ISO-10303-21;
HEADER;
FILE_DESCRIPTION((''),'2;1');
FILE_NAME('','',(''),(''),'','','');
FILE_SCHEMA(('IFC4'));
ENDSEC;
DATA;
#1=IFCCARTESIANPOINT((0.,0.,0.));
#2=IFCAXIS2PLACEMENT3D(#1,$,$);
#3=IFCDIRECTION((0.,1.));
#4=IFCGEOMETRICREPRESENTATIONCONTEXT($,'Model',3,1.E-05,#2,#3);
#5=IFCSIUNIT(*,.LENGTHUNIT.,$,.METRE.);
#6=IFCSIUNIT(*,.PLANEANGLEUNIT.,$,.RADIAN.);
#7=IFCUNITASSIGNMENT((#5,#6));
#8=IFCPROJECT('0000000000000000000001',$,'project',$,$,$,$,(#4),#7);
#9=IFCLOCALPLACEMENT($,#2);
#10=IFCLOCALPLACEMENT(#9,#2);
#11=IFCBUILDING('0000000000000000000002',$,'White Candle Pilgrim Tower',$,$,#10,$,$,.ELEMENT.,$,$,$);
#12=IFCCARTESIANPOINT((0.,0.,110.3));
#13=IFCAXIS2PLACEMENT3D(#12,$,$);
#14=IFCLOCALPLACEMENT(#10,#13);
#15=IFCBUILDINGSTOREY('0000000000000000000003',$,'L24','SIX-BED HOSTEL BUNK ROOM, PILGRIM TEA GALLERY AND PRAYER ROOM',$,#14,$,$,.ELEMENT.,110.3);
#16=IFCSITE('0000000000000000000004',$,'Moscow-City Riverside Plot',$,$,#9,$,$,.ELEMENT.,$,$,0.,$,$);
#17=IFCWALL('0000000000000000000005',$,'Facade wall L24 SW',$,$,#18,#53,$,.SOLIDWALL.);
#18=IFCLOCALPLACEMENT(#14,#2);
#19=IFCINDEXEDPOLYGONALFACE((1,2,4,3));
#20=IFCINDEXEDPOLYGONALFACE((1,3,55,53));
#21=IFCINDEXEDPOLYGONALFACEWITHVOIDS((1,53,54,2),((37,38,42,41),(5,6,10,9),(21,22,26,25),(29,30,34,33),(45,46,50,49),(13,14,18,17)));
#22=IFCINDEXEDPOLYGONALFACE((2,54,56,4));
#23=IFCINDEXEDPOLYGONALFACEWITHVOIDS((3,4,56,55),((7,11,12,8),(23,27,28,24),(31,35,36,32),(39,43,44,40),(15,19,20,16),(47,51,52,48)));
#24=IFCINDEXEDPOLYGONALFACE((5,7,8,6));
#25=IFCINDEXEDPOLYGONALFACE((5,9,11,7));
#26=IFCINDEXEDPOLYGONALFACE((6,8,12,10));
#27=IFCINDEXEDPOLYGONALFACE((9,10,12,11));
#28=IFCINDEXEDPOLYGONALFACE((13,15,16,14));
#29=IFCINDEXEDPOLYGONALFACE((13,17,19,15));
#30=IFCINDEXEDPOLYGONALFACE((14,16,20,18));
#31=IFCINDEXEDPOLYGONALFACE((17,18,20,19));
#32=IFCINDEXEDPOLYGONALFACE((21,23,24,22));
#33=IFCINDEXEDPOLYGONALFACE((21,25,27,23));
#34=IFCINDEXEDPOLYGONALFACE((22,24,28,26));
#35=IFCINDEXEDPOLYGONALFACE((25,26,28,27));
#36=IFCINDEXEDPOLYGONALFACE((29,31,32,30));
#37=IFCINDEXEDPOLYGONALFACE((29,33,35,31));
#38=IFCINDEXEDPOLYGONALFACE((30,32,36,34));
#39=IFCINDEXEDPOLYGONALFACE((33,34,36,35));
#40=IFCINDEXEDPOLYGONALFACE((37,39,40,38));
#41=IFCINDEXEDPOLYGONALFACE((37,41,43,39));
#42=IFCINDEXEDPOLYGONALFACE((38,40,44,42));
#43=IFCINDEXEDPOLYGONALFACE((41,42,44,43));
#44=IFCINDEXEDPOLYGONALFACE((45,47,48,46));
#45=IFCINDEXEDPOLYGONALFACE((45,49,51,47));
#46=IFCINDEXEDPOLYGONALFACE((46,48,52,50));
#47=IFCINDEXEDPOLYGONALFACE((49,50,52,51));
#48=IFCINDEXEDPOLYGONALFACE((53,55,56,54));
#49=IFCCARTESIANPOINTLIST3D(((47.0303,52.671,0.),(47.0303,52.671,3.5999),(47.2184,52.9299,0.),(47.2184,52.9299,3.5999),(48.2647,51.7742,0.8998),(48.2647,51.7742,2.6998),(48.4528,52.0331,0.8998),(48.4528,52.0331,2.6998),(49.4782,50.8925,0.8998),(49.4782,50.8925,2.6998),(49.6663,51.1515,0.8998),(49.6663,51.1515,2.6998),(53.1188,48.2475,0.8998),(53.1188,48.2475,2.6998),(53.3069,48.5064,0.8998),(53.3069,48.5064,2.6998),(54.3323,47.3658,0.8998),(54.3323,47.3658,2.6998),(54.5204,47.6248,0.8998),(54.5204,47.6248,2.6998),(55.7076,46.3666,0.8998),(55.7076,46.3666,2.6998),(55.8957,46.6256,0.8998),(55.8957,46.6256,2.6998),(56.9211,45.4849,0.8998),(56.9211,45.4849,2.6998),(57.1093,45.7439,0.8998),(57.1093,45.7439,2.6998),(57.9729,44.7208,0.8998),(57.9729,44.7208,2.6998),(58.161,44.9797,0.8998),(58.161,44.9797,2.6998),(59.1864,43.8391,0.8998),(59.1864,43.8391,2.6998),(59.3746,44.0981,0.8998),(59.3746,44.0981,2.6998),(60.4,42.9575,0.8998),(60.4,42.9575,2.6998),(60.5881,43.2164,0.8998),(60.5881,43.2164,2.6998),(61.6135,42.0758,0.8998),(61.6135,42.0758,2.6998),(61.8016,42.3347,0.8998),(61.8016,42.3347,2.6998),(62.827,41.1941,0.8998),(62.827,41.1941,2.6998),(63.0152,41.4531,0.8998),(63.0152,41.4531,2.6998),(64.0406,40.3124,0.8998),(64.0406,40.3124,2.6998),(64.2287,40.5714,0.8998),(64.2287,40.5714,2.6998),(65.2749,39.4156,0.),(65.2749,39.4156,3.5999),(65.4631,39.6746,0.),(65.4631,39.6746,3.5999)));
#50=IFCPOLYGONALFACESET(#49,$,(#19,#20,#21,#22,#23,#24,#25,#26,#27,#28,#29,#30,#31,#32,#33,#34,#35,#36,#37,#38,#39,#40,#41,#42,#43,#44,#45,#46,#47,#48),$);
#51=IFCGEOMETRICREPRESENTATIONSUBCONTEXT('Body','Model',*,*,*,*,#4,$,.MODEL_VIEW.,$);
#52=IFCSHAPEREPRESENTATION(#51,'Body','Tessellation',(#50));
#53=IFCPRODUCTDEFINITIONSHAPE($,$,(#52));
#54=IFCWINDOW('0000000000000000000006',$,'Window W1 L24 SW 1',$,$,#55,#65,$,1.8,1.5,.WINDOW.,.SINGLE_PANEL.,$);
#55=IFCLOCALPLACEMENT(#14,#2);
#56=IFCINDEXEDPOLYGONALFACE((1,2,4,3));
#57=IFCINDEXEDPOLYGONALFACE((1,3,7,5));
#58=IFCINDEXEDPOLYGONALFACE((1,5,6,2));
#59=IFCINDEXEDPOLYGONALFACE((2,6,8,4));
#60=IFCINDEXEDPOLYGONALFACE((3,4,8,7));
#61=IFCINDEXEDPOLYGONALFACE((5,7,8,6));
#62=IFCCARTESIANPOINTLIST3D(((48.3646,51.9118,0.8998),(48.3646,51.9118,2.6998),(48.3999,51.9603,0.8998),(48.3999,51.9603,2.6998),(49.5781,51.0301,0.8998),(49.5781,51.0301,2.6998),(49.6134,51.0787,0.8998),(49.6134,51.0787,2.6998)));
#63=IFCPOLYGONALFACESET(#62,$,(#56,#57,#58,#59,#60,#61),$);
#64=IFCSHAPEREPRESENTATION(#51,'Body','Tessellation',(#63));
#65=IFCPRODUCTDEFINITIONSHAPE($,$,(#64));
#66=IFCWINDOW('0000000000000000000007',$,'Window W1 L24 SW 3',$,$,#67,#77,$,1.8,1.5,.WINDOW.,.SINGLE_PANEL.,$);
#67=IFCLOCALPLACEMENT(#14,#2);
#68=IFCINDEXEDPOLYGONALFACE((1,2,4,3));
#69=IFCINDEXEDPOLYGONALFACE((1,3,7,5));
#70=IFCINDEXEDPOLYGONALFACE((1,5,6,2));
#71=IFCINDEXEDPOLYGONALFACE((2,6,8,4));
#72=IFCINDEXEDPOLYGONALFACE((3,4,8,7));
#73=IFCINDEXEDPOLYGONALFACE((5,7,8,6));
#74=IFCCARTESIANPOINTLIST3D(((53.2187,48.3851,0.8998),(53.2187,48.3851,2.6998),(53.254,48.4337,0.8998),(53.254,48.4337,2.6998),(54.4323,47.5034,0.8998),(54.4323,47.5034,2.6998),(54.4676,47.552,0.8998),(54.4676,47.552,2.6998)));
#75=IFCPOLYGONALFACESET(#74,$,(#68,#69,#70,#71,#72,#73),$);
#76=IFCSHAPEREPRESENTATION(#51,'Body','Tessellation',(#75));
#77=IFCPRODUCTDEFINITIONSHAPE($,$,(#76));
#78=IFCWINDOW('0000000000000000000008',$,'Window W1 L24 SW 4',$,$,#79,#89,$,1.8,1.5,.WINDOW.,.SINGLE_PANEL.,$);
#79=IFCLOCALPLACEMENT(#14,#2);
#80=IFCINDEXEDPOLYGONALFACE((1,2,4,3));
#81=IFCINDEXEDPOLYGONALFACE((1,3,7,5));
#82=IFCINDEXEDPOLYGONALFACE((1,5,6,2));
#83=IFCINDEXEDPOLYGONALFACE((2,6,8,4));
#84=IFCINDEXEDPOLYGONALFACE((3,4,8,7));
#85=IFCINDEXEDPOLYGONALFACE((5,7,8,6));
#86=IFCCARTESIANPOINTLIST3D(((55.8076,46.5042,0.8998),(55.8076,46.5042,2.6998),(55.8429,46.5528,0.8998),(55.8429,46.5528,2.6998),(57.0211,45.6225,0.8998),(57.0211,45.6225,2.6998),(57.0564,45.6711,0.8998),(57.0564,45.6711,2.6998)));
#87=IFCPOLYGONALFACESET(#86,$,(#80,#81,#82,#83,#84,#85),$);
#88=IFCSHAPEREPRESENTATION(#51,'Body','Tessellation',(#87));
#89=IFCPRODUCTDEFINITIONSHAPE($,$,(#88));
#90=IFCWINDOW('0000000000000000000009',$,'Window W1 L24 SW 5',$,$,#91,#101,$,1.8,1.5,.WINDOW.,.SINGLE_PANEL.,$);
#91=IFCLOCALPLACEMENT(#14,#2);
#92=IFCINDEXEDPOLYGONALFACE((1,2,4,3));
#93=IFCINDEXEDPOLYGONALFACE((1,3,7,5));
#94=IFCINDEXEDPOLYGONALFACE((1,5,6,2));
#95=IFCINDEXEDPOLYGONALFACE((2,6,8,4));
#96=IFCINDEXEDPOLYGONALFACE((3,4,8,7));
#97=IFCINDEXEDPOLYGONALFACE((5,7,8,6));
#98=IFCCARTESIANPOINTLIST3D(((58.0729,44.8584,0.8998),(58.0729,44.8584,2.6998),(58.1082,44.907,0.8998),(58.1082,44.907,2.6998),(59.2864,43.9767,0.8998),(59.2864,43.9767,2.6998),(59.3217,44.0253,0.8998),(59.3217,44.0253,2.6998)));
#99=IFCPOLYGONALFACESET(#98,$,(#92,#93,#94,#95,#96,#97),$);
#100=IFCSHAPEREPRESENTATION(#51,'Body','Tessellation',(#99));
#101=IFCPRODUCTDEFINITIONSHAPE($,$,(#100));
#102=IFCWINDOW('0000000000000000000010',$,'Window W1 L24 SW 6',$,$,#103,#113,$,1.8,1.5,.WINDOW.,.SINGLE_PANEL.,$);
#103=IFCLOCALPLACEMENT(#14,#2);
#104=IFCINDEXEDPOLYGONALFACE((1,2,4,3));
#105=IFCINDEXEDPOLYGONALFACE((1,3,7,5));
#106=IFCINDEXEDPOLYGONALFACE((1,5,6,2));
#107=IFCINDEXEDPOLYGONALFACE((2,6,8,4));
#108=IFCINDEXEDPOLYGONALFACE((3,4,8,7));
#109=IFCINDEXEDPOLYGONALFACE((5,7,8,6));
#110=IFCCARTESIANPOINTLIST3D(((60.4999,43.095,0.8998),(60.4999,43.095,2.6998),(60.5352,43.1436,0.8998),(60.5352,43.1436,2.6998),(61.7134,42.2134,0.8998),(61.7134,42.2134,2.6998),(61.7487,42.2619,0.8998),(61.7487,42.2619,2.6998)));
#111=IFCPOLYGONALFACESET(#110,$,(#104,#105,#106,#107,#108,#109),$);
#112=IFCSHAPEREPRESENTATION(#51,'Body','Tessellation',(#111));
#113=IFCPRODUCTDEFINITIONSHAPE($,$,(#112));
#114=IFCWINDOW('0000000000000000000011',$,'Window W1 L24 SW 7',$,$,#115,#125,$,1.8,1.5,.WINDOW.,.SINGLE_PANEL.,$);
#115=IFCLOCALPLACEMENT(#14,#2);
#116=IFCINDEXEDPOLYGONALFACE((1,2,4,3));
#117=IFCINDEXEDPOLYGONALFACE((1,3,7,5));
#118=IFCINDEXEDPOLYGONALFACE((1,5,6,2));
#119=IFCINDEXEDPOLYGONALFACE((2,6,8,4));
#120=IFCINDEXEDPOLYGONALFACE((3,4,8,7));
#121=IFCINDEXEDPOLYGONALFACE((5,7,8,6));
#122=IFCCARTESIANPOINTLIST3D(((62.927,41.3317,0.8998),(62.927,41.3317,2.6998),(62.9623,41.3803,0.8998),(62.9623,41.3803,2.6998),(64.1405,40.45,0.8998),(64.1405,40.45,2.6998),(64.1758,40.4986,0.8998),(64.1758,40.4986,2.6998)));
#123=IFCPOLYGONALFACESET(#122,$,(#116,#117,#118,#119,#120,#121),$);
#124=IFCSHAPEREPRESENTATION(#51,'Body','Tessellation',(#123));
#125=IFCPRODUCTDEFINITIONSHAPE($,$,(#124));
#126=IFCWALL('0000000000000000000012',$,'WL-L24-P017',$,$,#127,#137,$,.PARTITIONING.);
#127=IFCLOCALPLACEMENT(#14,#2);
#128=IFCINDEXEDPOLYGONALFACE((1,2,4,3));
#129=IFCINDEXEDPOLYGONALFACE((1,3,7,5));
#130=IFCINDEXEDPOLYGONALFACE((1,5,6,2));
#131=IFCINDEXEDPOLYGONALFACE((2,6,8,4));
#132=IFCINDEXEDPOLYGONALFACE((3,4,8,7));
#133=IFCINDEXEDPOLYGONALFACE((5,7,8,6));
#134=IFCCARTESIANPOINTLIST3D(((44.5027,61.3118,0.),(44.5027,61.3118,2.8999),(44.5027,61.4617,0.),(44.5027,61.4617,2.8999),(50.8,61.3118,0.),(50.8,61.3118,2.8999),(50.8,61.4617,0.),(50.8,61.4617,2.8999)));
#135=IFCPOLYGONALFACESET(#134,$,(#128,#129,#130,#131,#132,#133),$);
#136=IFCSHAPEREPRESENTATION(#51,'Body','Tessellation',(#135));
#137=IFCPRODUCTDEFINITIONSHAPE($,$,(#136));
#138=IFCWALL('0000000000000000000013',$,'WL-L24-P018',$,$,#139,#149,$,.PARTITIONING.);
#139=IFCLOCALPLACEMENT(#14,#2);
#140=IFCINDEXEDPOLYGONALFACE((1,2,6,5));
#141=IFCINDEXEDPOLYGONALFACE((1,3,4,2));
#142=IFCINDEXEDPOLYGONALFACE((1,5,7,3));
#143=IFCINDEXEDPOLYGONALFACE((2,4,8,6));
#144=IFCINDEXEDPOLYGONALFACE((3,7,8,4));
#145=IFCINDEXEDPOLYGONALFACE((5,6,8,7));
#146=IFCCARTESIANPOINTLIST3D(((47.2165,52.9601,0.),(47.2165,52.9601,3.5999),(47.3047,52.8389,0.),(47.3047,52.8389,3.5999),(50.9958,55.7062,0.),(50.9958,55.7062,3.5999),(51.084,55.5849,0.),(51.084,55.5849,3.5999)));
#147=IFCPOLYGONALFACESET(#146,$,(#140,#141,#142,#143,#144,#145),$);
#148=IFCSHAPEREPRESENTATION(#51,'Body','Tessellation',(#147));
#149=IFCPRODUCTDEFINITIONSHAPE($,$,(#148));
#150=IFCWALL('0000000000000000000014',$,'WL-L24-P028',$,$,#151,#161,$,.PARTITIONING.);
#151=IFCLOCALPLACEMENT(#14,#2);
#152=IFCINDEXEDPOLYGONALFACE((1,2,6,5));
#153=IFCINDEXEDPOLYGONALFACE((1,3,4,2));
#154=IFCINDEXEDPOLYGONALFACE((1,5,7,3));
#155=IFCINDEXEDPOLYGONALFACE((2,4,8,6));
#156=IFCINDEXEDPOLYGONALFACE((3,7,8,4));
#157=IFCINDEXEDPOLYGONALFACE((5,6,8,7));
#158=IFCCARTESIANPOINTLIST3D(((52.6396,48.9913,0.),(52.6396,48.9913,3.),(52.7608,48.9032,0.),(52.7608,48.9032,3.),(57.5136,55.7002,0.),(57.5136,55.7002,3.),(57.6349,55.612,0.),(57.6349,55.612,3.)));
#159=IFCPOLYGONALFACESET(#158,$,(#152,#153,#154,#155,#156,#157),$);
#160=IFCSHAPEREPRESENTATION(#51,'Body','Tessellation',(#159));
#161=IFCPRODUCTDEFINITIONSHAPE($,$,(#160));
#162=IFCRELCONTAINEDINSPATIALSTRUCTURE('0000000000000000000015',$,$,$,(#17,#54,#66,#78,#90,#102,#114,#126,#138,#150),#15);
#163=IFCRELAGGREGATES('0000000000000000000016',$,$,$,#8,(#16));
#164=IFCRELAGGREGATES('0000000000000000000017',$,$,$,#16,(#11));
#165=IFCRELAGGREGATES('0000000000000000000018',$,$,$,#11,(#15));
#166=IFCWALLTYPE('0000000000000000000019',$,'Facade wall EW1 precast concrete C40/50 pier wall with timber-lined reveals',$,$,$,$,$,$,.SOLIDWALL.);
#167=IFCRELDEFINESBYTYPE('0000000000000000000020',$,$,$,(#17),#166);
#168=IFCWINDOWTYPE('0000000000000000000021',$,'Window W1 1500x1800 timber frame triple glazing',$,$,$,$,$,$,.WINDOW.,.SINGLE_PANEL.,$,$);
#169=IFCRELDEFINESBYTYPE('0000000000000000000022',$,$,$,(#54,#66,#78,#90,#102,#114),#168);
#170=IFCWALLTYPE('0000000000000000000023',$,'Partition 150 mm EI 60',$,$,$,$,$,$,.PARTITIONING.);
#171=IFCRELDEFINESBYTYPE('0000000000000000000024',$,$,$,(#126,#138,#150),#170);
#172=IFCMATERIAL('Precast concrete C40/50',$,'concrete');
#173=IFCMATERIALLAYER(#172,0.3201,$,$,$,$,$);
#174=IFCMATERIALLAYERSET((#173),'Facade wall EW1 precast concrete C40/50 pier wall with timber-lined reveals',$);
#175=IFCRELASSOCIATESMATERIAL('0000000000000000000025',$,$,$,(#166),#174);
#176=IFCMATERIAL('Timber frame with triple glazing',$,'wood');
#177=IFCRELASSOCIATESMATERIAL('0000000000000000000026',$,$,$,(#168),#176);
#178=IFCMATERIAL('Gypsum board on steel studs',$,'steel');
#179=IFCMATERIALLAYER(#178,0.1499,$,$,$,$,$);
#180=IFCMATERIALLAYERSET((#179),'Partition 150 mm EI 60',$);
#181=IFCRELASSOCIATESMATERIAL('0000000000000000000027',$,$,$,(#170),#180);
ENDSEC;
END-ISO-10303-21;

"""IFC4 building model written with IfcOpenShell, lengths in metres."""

from ifc_helpers import new_model, si_unit, direction, frame, frame_2d, origin, place, context, subcontext, project, spatial, rectangle, extrude, material, layer, layer_set, type_object, element, fill, save


model = new_model("IFC4")

# Units and contexts
model_context = context("Model", 3, precision=1e-05, world=origin(), true_north=direction((0.0, 1.0)))
body_context = subcontext(model_context, "Body", "Model", "MODEL_VIEW")
ifc_project = project(units=[si_unit("LENGTHUNIT", "METRE"), si_unit("PLANEANGLEUNIT", "RADIAN")], contexts=[model_context])

# Site, building, storey
site_placement = place(None, origin())
site = spatial("IfcSite", under=ifc_project, at=site_placement, Name="Moscow-City Riverside Plot", CompositionType="ELEMENT", RefElevation=0.0)
building_placement = place(site_placement, origin())
building = spatial("IfcBuilding", under=site, at=building_placement, Name="White Candle Pilgrim Tower", CompositionType="ELEMENT")
storey_placement = place(building_placement, frame((0.0, 0.0, 110.3)))
storey = spatial("IfcBuildingStorey", under=building, at=storey_placement, Name="L24", Description="SIX-BED HOSTEL BUNK ROOM, PILGRIM TEA GALLERY AND PRAYER ROOM", CompositionType="ELEMENT", Elevation=110.3)

# Shared definitions
ifc_material_1 = material(Name="Gypsum board on steel studs", Category="steel")

# Wall, openings, windows
ifc_material_2 = material(Name="Precast concrete C40/50", Category="concrete")
ifc_layer_1 = layer(ifc_material_2, 0.3201)
ifc_layer_set_1 = layer_set([ifc_layer_1], Name="Facade wall EW1 precast concrete C40/50 pier wall with timber-lined reveals")
wall_type_1 = type_object("IfcWallType", Name="Facade wall EW1 precast concrete C40/50 pier wall with timber-lined reveals", PredefinedType="SOLIDWALL", material=ifc_layer_set_1)
ifc_material_3 = material(Name="Timber frame with triple glazing", Category="wood")
wall_1_placement = place(storey_placement, frame((47.1243, 52.8005, 0.0), z_axis=(0.0, 0.0, 1.0), x_axis=(0.80902, -0.587782, 0.0)))
wall_1 = element("IfcWall", 1, at=wall_1_placement, inside=storey, type_object=wall_type_1, Name="Facade wall L24 SW", PredefinedType="SOLIDWALL", context=body_context, shape_type="SweptSolid", body=[
    extrude(rectangle(XDim=22.5515, YDim=0.3201, at=frame_2d((11.2759, 0.0))), origin(), (0.0, 0.0, 1.0), 3.5999),
])
opening_1_placement = place(wall_1_placement, frame((1.5259, 0.0, 0.8999)))
opening_1 = element("IfcOpeningElement", 2, at=opening_1_placement, cuts=wall_1, PredefinedType="OPENING", context=body_context, shape_type="SweptSolid", body=[
    extrude(rectangle(XDim=1.5, YDim=1.8, at=frame_2d((0.75, 0.8999))), frame((0.0, 0.1699, 0.0), z_axis=(0.0, -1.0, 0.0), x_axis=(1.0, 0.0, 0.0)), (0.0, 0.0, 1.0), 0.3401),
])
opening_2_placement = place(wall_1_placement, frame((7.5259, 0.0, 0.8999)))
opening_2 = element("IfcOpeningElement", 3, at=opening_2_placement, cuts=wall_1, PredefinedType="OPENING", context=body_context, shape_type="SweptSolid", body=[
    extrude(rectangle(XDim=1.5, YDim=1.8, at=frame_2d((0.75, 0.8999))), frame((0.0, 0.1699, 0.0), z_axis=(0.0, -1.0, 0.0), x_axis=(1.0, 0.0, 0.0)), (0.0, 0.0, 1.0), 0.3401),
])
opening_3_placement = place(wall_1_placement, frame((10.7258, 0.0, 0.8999)))
opening_3 = element("IfcOpeningElement", 4, at=opening_3_placement, cuts=wall_1, PredefinedType="OPENING", context=body_context, shape_type="SweptSolid", body=[
    extrude(rectangle(XDim=1.5, YDim=1.8, at=frame_2d((0.75, 0.8999))), frame((0.0, 0.1699, 0.0), z_axis=(0.0, -1.0, 0.0), x_axis=(1.0, 0.0, 0.0)), (0.0, 0.0, 1.0), 0.3401),
])
opening_4_placement = place(wall_1_placement, frame((13.5259, 0.0, 0.8999)))
opening_4 = element("IfcOpeningElement", 5, at=opening_4_placement, cuts=wall_1, PredefinedType="OPENING", context=body_context, shape_type="SweptSolid", body=[
    extrude(rectangle(XDim=1.5, YDim=1.8, at=frame_2d((0.75, 0.8999))), frame((0.0, 0.1699, 0.0), z_axis=(0.0, -1.0, 0.0), x_axis=(1.0, 0.0, 0.0)), (0.0, 0.0, 1.0), 0.3401),
])
opening_5_placement = place(wall_1_placement, frame((16.5259, 0.0, 0.8999)))
opening_5 = element("IfcOpeningElement", 6, at=opening_5_placement, cuts=wall_1, PredefinedType="OPENING", context=body_context, shape_type="SweptSolid", body=[
    extrude(rectangle(XDim=1.5, YDim=1.8, at=frame_2d((0.75, 0.8999))), frame((0.0, 0.1699, 0.0), z_axis=(0.0, -1.0, 0.0), x_axis=(1.0, 0.0, 0.0)), (0.0, 0.0, 1.0), 0.3401),
])
opening_6_placement = place(wall_1_placement, frame((19.5259, 0.0, 0.8999)))
opening_6 = element("IfcOpeningElement", 7, at=opening_6_placement, cuts=wall_1, PredefinedType="OPENING", context=body_context, shape_type="SweptSolid", body=[
    extrude(rectangle(XDim=1.5, YDim=1.8, at=frame_2d((0.75, 0.8999))), frame((0.0, 0.1699, 0.0), z_axis=(0.0, -1.0, 0.0), x_axis=(1.0, 0.0, 0.0)), (0.0, 0.0, 1.0), 0.3401),
])
window_type_1 = type_object("IfcWindowType", Name="Window W1 1500x1800 timber frame triple glazing", PartitioningType="SINGLE_PANEL", PredefinedType="WINDOW", material=ifc_material_3)
window_1_placement = place(opening_1_placement, origin())
window_1 = element("IfcWindow", 8, at=window_1_placement, inside=storey, type_object=window_type_1, Name="Window W1 L24 SW 1", OverallHeight=1.8, OverallWidth=1.5, PartitioningType="SINGLE_PANEL", PredefinedType="WINDOW", context=body_context, shape_type="SweptSolid", body=[
    extrude(rectangle(XDim=1.5, YDim=1.8, at=frame_2d((0.75, 0.8999))), frame((0.0, 0.0701, 0.0), z_axis=(0.0, -1.0, 0.0), x_axis=(1.0, 0.0, 0.0)), (0.0, 0.0, 1.0), 0.0601),
])
fill(opening_1, window_1)
window_2_placement = place(opening_2_placement, origin())
window_2 = element("IfcWindow", 9, at=window_2_placement, inside=storey, type_object=window_type_1, Name="Window W1 L24 SW 3", OverallHeight=1.8, OverallWidth=1.5, PartitioningType="SINGLE_PANEL", PredefinedType="WINDOW", context=body_context, shape_type="SweptSolid", body=[
    extrude(rectangle(XDim=1.5, YDim=1.8, at=frame_2d((0.75, 0.8999))), frame((0.0, 0.0701, 0.0), z_axis=(0.0, -1.0, 0.0), x_axis=(1.0, 0.0, 0.0)), (0.0, 0.0, 1.0), 0.0601),
])
fill(opening_2, window_2)
window_3_placement = place(opening_3_placement, origin())
window_3 = element("IfcWindow", 10, at=window_3_placement, inside=storey, type_object=window_type_1, Name="Window W1 L24 SW 4", OverallHeight=1.8, OverallWidth=1.5, PartitioningType="SINGLE_PANEL", PredefinedType="WINDOW", context=body_context, shape_type="SweptSolid", body=[
    extrude(rectangle(XDim=1.5, YDim=1.8, at=frame_2d((0.75, 0.8999))), frame((0.0, 0.0701, 0.0), z_axis=(0.0, -1.0, 0.0), x_axis=(1.0, 0.0, 0.0)), (0.0, 0.0, 1.0), 0.0601),
])
fill(opening_3, window_3)
window_4_placement = place(opening_4_placement, origin())
window_4 = element("IfcWindow", 11, at=window_4_placement, inside=storey, type_object=window_type_1, Name="Window W1 L24 SW 5", OverallHeight=1.8, OverallWidth=1.5, PartitioningType="SINGLE_PANEL", PredefinedType="WINDOW", context=body_context, shape_type="SweptSolid", body=[
    extrude(rectangle(XDim=1.5, YDim=1.8, at=frame_2d((0.75, 0.8999))), frame((0.0, 0.0701, 0.0), z_axis=(0.0, -1.0, 0.0), x_axis=(1.0, 0.0, 0.0)), (0.0, 0.0, 1.0), 0.0601),
])
fill(opening_4, window_4)
window_5_placement = place(opening_5_placement, origin())
window_5 = element("IfcWindow", 12, at=window_5_placement, inside=storey, type_object=window_type_1, Name="Window W1 L24 SW 6", OverallHeight=1.8, OverallWidth=1.5, PartitioningType="SINGLE_PANEL", PredefinedType="WINDOW", context=body_context, shape_type="SweptSolid", body=[
    extrude(rectangle(XDim=1.5, YDim=1.8, at=frame_2d((0.75, 0.8999))), frame((0.0, 0.0701, 0.0), z_axis=(0.0, -1.0, 0.0), x_axis=(1.0, 0.0, 0.0)), (0.0, 0.0, 1.0), 0.0601),
])
fill(opening_5, window_5)
window_6_placement = place(opening_6_placement, origin())
window_6 = element("IfcWindow", 13, at=window_6_placement, inside=storey, type_object=window_type_1, Name="Window W1 L24 SW 7", OverallHeight=1.8, OverallWidth=1.5, PartitioningType="SINGLE_PANEL", PredefinedType="WINDOW", context=body_context, shape_type="SweptSolid", body=[
    extrude(rectangle(XDim=1.5, YDim=1.8, at=frame_2d((0.75, 0.8999))), frame((0.0, 0.0701, 0.0), z_axis=(0.0, -1.0, 0.0), x_axis=(1.0, 0.0, 0.0)), (0.0, 0.0, 1.0), 0.0601),
])
fill(opening_6, window_6)

# Walls
ifc_layer_2 = layer(ifc_material_1, 0.1499)
ifc_layer_set_2 = layer_set([ifc_layer_2], Name="Partition 150 mm EI 60")
wall_type_2 = type_object("IfcWallType", Name="Partition 150 mm EI 60", PredefinedType="PARTITIONING", material=ifc_layer_set_2)
wall_2_placement = place(storey_placement, frame((44.5027, 61.3867, 0.0), z_axis=(0.0, 0.0, 1.0), x_axis=(1.0, 0.0, 0.0)))
element("IfcWall", 14, at=wall_2_placement, inside=storey, type_object=wall_type_2, Name="WL-L24-P017", PredefinedType="PARTITIONING", context=body_context, shape_type="SweptSolid", body=[
    extrude(rectangle(XDim=6.2974, YDim=0.1499, at=frame_2d((3.1487, 0.0))), origin(), (0.0, 0.0, 1.0), 2.8999),
])
wall_3_placement = place(storey_placement, frame((47.2605, 52.8994, 0.0), z_axis=(0.0, 0.0, 1.0), x_axis=(0.808989, 0.587824, 0.0)))
element("IfcWall", 15, at=wall_3_placement, inside=storey, type_object=wall_type_2, Name="WL-L24-P018", PredefinedType="PARTITIONING", context=body_context, shape_type="SweptSolid", body=[
    extrude(rectangle(XDim=4.6716, YDim=0.1499, at=frame_2d((2.3359, 0.0))), origin(), (0.0, 0.0, 1.0), 3.5999),
])
wall_4_placement = place(storey_placement, frame((52.7002, 48.9473, 0.0), z_axis=(0.0, 0.0, 1.0), x_axis=(0.587772, 0.809026, 0.0)))
element("IfcWall", 16, at=wall_4_placement, inside=storey, type_object=wall_type_2, Name="WL-L24-P028", PredefinedType="PARTITIONING", context=body_context, shape_type="SweptSolid", body=[
    extrude(rectangle(XDim=8.2925, YDim=0.1499, at=frame_2d((4.1462, 0.0))), origin(), (0.0, 0.0, 1.0), 3.0),
])

save(model, "model.ifc")
